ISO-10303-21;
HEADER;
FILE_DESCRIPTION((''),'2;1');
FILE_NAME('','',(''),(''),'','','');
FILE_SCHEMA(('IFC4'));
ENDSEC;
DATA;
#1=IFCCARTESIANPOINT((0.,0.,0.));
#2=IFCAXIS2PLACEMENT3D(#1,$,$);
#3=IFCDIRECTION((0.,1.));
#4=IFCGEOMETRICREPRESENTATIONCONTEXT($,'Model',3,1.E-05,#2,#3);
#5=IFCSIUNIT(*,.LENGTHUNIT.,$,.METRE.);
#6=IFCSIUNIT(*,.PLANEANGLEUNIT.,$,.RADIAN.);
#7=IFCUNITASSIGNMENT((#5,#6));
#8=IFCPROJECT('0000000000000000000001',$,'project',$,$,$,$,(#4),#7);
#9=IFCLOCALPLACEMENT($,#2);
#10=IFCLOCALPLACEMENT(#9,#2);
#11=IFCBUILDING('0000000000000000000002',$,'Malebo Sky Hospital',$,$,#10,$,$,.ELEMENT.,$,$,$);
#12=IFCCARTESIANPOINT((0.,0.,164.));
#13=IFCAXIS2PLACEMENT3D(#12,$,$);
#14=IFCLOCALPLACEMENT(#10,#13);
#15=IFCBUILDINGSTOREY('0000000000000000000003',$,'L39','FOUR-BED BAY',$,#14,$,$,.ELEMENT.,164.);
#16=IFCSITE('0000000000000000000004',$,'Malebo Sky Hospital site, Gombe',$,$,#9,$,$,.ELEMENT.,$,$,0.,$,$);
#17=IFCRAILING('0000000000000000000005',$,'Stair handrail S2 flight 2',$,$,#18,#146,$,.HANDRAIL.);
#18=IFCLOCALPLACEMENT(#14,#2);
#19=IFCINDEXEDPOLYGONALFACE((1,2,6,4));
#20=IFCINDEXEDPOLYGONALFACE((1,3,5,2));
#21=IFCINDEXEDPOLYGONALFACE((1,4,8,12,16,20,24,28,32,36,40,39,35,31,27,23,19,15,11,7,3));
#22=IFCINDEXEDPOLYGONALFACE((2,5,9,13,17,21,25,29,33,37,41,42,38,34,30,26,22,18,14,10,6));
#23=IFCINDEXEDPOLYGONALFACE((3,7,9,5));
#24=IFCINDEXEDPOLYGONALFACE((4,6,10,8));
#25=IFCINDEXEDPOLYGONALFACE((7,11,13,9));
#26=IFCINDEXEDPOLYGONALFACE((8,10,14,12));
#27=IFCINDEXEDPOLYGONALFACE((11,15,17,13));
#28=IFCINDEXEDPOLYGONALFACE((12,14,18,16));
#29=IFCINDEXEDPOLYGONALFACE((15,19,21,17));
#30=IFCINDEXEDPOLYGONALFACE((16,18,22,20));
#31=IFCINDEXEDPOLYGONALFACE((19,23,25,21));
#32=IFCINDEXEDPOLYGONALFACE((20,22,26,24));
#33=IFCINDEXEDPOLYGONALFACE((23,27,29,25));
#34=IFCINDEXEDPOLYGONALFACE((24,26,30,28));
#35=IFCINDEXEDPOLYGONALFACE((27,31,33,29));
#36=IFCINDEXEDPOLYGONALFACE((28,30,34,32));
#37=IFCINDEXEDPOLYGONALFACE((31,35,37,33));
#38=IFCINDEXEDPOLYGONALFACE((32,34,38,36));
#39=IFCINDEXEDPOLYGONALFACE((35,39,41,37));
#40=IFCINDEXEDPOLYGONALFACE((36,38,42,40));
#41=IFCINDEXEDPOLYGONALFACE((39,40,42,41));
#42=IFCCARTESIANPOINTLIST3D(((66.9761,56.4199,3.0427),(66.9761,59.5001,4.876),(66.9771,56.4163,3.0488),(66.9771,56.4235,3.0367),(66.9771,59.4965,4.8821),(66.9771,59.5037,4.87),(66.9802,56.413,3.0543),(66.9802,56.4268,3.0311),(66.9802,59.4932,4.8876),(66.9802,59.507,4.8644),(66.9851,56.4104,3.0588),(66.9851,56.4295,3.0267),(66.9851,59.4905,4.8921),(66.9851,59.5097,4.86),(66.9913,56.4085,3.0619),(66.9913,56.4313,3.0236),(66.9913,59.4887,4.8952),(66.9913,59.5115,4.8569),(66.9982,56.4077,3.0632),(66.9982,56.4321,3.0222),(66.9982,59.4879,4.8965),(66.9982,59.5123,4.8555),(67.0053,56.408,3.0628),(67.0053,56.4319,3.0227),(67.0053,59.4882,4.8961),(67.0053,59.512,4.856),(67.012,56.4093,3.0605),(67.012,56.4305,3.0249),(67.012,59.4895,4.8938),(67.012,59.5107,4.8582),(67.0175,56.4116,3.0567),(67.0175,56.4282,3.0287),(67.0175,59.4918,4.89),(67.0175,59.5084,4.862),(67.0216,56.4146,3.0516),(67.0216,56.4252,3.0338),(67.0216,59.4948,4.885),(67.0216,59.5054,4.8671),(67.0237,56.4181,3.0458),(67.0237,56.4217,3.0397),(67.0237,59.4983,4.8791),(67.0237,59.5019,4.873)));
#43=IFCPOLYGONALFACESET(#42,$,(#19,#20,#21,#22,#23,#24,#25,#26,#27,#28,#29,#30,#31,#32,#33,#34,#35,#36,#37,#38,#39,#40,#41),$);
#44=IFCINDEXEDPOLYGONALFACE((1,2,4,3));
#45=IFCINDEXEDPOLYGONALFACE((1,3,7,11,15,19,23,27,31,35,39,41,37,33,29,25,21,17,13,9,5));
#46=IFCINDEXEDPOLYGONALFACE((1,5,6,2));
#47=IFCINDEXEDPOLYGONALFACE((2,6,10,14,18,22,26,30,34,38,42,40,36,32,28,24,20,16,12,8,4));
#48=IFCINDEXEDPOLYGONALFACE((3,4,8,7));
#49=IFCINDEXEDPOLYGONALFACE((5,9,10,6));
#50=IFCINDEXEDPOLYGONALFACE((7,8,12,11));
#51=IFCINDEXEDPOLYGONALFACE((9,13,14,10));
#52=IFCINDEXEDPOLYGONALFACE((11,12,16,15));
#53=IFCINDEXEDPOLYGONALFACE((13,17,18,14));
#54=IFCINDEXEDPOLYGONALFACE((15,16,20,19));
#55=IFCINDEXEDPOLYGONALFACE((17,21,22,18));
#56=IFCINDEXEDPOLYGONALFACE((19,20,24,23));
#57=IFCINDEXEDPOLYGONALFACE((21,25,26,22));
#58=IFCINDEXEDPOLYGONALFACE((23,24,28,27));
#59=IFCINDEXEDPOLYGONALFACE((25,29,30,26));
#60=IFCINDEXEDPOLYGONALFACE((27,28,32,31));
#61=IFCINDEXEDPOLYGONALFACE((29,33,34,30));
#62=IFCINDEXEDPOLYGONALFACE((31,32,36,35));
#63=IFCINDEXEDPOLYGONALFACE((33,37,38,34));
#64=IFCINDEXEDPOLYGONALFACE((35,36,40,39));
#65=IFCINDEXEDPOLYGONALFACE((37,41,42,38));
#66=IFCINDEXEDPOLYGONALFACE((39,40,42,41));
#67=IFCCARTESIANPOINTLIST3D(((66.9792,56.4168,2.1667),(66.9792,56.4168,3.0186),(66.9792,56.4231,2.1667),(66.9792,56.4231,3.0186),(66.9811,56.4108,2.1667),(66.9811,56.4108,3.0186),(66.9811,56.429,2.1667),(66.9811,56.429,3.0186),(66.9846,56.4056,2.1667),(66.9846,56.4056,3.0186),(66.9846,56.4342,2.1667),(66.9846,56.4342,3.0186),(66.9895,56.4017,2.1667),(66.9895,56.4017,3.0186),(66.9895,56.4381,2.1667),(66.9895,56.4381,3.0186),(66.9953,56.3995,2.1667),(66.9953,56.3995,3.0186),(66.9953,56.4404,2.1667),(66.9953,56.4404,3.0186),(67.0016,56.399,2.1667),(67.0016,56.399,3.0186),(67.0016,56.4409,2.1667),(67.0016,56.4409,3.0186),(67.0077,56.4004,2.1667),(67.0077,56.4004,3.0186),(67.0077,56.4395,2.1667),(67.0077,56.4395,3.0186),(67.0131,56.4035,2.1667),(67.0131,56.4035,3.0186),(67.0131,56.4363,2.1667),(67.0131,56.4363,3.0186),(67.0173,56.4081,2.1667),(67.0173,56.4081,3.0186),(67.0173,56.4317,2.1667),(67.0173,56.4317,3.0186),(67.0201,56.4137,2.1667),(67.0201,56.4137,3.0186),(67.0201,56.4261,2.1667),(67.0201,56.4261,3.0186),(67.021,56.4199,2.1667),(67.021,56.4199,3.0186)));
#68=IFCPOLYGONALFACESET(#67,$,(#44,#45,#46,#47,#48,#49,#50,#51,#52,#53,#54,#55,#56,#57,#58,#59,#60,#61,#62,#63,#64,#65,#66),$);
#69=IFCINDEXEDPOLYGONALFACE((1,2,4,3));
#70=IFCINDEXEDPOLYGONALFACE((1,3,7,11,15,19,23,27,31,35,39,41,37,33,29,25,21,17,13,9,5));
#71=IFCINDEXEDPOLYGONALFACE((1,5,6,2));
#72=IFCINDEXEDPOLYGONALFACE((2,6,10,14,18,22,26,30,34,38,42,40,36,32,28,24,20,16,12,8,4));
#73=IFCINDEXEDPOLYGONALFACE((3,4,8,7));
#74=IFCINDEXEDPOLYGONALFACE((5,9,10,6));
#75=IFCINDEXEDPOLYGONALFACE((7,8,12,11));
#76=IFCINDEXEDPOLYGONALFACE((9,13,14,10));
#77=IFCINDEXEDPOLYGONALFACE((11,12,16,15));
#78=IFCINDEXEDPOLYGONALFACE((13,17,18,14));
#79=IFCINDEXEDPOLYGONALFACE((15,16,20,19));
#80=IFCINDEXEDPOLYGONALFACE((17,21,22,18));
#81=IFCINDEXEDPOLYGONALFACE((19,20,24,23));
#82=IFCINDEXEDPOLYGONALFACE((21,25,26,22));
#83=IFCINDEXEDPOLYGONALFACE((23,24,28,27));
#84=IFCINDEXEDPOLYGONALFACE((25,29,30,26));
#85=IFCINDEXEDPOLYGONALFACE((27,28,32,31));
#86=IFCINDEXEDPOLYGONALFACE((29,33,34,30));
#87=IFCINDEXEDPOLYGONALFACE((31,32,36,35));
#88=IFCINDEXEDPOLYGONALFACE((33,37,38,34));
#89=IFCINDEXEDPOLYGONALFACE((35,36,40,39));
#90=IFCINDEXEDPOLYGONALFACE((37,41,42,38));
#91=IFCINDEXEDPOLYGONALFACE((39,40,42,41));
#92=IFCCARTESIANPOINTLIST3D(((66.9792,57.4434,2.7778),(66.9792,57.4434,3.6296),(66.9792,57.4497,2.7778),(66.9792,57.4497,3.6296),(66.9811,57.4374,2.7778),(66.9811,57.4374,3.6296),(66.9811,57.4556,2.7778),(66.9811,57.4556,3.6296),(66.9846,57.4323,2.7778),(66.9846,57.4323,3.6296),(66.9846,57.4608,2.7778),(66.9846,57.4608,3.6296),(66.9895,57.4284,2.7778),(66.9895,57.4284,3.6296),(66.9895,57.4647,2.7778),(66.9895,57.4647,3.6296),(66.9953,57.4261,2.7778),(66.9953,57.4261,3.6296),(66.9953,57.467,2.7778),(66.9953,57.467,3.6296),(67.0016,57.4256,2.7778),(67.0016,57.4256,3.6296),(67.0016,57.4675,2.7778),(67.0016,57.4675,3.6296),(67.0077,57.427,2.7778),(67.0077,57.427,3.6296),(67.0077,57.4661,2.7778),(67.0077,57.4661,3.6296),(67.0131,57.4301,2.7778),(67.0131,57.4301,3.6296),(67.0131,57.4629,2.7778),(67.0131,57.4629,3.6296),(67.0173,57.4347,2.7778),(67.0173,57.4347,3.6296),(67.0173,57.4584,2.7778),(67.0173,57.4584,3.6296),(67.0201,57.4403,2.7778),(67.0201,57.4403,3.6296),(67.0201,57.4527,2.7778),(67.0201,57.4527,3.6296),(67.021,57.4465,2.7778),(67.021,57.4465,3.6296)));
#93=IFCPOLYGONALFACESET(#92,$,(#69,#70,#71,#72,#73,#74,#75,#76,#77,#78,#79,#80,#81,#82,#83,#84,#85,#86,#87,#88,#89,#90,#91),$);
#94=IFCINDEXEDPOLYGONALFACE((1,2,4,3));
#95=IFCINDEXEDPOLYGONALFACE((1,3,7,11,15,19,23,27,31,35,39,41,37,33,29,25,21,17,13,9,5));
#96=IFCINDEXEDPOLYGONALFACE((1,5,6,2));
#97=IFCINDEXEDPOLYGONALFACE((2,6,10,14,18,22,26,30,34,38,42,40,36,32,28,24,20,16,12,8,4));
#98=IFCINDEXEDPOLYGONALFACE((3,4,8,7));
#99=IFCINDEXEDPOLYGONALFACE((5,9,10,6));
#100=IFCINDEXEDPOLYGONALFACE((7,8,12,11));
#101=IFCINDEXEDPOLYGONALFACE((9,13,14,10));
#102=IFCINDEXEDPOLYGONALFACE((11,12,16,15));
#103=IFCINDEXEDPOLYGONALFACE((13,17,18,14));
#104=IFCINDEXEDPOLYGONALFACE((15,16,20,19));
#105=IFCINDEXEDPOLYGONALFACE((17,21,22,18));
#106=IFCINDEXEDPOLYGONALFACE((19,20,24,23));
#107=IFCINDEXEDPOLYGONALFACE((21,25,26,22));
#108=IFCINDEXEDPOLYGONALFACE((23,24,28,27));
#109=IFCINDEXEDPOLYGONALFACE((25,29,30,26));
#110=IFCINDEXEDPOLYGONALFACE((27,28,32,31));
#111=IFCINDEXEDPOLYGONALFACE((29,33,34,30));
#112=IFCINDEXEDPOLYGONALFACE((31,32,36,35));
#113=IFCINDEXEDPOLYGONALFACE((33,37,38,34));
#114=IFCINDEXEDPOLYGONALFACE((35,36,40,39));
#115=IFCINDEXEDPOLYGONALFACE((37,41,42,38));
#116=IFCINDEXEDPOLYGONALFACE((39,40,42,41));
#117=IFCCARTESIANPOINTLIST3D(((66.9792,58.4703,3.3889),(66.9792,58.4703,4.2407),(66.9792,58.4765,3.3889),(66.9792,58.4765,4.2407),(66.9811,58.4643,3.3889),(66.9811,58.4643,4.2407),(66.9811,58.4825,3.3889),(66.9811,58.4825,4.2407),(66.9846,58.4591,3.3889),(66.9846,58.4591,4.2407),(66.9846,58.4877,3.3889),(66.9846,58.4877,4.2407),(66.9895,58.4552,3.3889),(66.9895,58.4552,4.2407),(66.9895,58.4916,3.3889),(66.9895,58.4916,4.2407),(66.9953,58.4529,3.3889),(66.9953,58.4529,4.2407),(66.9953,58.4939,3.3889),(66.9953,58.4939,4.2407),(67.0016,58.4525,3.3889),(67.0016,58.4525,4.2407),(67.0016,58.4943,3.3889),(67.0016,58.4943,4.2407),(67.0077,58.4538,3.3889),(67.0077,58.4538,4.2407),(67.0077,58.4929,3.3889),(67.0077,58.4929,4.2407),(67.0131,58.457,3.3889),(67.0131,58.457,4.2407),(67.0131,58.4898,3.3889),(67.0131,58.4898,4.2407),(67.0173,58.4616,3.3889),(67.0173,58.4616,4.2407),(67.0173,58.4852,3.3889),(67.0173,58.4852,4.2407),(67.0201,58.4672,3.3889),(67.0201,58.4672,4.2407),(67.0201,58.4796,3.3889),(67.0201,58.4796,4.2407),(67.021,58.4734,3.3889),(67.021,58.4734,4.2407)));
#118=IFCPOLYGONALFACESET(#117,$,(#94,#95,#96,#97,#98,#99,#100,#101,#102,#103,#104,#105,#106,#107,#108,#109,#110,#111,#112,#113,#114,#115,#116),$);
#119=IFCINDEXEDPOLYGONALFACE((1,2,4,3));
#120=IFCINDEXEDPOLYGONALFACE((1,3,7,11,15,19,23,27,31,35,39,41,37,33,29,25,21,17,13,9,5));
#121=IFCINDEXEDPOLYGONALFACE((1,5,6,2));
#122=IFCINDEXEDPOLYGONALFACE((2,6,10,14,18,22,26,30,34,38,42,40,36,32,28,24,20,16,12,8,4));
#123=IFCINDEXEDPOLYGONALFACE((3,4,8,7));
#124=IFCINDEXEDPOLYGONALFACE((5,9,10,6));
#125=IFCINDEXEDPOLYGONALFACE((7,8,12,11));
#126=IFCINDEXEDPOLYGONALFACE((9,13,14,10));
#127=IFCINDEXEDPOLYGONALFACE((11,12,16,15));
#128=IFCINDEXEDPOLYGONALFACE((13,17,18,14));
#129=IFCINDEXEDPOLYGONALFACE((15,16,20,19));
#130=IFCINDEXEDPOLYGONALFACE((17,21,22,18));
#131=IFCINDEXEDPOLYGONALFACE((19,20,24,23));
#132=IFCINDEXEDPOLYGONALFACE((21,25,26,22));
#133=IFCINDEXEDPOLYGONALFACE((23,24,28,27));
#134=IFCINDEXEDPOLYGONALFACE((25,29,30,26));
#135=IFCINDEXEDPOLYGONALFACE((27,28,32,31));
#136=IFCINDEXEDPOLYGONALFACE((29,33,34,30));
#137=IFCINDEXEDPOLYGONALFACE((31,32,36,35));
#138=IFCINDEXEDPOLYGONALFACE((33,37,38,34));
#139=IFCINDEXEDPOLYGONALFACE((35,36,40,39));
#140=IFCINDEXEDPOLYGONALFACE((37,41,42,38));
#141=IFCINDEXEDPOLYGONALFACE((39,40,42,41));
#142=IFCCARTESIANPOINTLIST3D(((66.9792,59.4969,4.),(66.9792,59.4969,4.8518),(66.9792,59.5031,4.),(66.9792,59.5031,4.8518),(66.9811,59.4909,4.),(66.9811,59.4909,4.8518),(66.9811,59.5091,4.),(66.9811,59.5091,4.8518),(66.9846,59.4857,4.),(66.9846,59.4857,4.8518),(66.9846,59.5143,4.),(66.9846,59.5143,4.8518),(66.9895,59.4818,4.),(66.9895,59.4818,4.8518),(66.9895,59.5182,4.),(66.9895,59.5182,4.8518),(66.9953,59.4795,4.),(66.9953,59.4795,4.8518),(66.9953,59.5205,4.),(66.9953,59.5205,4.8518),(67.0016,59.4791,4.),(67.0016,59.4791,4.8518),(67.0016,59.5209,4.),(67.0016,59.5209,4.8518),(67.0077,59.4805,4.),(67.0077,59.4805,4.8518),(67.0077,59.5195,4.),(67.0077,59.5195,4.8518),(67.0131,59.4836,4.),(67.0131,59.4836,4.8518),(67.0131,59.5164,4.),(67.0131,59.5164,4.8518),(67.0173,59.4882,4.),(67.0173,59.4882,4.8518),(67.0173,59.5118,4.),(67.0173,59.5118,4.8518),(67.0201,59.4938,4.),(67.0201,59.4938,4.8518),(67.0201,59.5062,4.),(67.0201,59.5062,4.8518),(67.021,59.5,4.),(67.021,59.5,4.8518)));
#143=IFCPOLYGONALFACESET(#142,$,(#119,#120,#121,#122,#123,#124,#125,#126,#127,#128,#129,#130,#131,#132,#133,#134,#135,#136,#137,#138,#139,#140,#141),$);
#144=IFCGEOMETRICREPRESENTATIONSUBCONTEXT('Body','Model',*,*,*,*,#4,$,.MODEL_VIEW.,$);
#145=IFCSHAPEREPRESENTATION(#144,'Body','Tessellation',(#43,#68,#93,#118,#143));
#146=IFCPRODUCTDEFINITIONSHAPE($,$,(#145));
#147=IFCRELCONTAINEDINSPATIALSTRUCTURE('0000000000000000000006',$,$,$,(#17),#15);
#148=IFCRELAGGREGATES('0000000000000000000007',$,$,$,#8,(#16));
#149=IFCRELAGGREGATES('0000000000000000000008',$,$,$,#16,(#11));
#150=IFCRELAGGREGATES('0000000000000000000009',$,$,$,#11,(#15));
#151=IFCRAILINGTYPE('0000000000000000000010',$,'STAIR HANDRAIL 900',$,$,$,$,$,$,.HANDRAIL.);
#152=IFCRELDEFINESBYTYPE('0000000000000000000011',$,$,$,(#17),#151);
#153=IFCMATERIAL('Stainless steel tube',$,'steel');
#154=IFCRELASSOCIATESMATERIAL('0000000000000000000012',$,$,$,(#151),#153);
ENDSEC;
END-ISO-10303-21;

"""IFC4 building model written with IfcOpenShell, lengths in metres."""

from ifc_helpers import new_model, si_unit, direction, frame, origin, origin_2d, place, context, subcontext, project, spatial, circle, extrude, material, type_object, element, save


model = new_model("IFC4")

# Units and contexts
model_context = context("Model", 3, precision=1e-05, world=origin(), true_north=direction((0.0, 1.0)))
body_context = subcontext(model_context, "Body", "Model", "MODEL_VIEW")
ifc_project = project(units=[si_unit("LENGTHUNIT", "METRE"), si_unit("PLANEANGLEUNIT", "RADIAN")], contexts=[model_context])

# Site, building, storey
site_placement = place(None, origin())
site = spatial("IfcSite", under=ifc_project, at=site_placement, Name="Malebo Sky Hospital site, Gombe", CompositionType="ELEMENT", RefElevation=0.0)
building_placement = place(site_placement, origin())
building = spatial("IfcBuilding", under=site, at=building_placement, Name="Malebo Sky Hospital", CompositionType="ELEMENT")
storey_placement = place(building_placement, frame((0.0, 0.0, 164.0)))
storey = spatial("IfcBuildingStorey", under=building, at=storey_placement, Name="L39", Description="FOUR-BED BAY", CompositionType="ELEMENT", Elevation=164.0)

# Railing
ifc_material_1 = material(Name="Stainless steel tube", Category="steel")
railing_type = type_object("IfcRailingType", Name="STAIR HANDRAIL 900", PredefinedType="HANDRAIL", material=ifc_material_1)
railing_1_placement = place(storey_placement, frame((67.0, 56.4199, 2.1667)))
element("IfcRailing", 1, at=railing_1_placement, inside=storey, type_object=railing_type, Name="Stair handrail S2 flight 2", PredefinedType="HANDRAIL", context=body_context, shape_type="SweptSolid", body=[
    extrude(circle(Radius=0.0239, at=origin_2d()), frame((0.0, 0.0, 0.876), z_axis=(0.0, 0.859309, 0.511458), x_axis=(-1.0, 0.0, 0.0)), (0.0, 0.0, 1.0), 3.5845),
    extrude(circle(Radius=0.021, at=origin_2d()), origin(), (0.0, 0.0, 1.0), 0.8518),
    extrude(circle(Radius=0.021, at=origin_2d()), frame((0.0, 1.0266, 0.6111)), (0.0, 0.0, 1.0), 0.8518),
    extrude(circle(Radius=0.021, at=origin_2d()), frame((0.0, 2.0535, 1.2222)), (0.0, 0.0, 1.0), 0.8518),
    extrude(circle(Radius=0.021, at=origin_2d()), frame((0.0, 3.0801, 1.8333)), (0.0, 0.0, 1.0), 0.8518),
])

save(model, "model.ifc")
